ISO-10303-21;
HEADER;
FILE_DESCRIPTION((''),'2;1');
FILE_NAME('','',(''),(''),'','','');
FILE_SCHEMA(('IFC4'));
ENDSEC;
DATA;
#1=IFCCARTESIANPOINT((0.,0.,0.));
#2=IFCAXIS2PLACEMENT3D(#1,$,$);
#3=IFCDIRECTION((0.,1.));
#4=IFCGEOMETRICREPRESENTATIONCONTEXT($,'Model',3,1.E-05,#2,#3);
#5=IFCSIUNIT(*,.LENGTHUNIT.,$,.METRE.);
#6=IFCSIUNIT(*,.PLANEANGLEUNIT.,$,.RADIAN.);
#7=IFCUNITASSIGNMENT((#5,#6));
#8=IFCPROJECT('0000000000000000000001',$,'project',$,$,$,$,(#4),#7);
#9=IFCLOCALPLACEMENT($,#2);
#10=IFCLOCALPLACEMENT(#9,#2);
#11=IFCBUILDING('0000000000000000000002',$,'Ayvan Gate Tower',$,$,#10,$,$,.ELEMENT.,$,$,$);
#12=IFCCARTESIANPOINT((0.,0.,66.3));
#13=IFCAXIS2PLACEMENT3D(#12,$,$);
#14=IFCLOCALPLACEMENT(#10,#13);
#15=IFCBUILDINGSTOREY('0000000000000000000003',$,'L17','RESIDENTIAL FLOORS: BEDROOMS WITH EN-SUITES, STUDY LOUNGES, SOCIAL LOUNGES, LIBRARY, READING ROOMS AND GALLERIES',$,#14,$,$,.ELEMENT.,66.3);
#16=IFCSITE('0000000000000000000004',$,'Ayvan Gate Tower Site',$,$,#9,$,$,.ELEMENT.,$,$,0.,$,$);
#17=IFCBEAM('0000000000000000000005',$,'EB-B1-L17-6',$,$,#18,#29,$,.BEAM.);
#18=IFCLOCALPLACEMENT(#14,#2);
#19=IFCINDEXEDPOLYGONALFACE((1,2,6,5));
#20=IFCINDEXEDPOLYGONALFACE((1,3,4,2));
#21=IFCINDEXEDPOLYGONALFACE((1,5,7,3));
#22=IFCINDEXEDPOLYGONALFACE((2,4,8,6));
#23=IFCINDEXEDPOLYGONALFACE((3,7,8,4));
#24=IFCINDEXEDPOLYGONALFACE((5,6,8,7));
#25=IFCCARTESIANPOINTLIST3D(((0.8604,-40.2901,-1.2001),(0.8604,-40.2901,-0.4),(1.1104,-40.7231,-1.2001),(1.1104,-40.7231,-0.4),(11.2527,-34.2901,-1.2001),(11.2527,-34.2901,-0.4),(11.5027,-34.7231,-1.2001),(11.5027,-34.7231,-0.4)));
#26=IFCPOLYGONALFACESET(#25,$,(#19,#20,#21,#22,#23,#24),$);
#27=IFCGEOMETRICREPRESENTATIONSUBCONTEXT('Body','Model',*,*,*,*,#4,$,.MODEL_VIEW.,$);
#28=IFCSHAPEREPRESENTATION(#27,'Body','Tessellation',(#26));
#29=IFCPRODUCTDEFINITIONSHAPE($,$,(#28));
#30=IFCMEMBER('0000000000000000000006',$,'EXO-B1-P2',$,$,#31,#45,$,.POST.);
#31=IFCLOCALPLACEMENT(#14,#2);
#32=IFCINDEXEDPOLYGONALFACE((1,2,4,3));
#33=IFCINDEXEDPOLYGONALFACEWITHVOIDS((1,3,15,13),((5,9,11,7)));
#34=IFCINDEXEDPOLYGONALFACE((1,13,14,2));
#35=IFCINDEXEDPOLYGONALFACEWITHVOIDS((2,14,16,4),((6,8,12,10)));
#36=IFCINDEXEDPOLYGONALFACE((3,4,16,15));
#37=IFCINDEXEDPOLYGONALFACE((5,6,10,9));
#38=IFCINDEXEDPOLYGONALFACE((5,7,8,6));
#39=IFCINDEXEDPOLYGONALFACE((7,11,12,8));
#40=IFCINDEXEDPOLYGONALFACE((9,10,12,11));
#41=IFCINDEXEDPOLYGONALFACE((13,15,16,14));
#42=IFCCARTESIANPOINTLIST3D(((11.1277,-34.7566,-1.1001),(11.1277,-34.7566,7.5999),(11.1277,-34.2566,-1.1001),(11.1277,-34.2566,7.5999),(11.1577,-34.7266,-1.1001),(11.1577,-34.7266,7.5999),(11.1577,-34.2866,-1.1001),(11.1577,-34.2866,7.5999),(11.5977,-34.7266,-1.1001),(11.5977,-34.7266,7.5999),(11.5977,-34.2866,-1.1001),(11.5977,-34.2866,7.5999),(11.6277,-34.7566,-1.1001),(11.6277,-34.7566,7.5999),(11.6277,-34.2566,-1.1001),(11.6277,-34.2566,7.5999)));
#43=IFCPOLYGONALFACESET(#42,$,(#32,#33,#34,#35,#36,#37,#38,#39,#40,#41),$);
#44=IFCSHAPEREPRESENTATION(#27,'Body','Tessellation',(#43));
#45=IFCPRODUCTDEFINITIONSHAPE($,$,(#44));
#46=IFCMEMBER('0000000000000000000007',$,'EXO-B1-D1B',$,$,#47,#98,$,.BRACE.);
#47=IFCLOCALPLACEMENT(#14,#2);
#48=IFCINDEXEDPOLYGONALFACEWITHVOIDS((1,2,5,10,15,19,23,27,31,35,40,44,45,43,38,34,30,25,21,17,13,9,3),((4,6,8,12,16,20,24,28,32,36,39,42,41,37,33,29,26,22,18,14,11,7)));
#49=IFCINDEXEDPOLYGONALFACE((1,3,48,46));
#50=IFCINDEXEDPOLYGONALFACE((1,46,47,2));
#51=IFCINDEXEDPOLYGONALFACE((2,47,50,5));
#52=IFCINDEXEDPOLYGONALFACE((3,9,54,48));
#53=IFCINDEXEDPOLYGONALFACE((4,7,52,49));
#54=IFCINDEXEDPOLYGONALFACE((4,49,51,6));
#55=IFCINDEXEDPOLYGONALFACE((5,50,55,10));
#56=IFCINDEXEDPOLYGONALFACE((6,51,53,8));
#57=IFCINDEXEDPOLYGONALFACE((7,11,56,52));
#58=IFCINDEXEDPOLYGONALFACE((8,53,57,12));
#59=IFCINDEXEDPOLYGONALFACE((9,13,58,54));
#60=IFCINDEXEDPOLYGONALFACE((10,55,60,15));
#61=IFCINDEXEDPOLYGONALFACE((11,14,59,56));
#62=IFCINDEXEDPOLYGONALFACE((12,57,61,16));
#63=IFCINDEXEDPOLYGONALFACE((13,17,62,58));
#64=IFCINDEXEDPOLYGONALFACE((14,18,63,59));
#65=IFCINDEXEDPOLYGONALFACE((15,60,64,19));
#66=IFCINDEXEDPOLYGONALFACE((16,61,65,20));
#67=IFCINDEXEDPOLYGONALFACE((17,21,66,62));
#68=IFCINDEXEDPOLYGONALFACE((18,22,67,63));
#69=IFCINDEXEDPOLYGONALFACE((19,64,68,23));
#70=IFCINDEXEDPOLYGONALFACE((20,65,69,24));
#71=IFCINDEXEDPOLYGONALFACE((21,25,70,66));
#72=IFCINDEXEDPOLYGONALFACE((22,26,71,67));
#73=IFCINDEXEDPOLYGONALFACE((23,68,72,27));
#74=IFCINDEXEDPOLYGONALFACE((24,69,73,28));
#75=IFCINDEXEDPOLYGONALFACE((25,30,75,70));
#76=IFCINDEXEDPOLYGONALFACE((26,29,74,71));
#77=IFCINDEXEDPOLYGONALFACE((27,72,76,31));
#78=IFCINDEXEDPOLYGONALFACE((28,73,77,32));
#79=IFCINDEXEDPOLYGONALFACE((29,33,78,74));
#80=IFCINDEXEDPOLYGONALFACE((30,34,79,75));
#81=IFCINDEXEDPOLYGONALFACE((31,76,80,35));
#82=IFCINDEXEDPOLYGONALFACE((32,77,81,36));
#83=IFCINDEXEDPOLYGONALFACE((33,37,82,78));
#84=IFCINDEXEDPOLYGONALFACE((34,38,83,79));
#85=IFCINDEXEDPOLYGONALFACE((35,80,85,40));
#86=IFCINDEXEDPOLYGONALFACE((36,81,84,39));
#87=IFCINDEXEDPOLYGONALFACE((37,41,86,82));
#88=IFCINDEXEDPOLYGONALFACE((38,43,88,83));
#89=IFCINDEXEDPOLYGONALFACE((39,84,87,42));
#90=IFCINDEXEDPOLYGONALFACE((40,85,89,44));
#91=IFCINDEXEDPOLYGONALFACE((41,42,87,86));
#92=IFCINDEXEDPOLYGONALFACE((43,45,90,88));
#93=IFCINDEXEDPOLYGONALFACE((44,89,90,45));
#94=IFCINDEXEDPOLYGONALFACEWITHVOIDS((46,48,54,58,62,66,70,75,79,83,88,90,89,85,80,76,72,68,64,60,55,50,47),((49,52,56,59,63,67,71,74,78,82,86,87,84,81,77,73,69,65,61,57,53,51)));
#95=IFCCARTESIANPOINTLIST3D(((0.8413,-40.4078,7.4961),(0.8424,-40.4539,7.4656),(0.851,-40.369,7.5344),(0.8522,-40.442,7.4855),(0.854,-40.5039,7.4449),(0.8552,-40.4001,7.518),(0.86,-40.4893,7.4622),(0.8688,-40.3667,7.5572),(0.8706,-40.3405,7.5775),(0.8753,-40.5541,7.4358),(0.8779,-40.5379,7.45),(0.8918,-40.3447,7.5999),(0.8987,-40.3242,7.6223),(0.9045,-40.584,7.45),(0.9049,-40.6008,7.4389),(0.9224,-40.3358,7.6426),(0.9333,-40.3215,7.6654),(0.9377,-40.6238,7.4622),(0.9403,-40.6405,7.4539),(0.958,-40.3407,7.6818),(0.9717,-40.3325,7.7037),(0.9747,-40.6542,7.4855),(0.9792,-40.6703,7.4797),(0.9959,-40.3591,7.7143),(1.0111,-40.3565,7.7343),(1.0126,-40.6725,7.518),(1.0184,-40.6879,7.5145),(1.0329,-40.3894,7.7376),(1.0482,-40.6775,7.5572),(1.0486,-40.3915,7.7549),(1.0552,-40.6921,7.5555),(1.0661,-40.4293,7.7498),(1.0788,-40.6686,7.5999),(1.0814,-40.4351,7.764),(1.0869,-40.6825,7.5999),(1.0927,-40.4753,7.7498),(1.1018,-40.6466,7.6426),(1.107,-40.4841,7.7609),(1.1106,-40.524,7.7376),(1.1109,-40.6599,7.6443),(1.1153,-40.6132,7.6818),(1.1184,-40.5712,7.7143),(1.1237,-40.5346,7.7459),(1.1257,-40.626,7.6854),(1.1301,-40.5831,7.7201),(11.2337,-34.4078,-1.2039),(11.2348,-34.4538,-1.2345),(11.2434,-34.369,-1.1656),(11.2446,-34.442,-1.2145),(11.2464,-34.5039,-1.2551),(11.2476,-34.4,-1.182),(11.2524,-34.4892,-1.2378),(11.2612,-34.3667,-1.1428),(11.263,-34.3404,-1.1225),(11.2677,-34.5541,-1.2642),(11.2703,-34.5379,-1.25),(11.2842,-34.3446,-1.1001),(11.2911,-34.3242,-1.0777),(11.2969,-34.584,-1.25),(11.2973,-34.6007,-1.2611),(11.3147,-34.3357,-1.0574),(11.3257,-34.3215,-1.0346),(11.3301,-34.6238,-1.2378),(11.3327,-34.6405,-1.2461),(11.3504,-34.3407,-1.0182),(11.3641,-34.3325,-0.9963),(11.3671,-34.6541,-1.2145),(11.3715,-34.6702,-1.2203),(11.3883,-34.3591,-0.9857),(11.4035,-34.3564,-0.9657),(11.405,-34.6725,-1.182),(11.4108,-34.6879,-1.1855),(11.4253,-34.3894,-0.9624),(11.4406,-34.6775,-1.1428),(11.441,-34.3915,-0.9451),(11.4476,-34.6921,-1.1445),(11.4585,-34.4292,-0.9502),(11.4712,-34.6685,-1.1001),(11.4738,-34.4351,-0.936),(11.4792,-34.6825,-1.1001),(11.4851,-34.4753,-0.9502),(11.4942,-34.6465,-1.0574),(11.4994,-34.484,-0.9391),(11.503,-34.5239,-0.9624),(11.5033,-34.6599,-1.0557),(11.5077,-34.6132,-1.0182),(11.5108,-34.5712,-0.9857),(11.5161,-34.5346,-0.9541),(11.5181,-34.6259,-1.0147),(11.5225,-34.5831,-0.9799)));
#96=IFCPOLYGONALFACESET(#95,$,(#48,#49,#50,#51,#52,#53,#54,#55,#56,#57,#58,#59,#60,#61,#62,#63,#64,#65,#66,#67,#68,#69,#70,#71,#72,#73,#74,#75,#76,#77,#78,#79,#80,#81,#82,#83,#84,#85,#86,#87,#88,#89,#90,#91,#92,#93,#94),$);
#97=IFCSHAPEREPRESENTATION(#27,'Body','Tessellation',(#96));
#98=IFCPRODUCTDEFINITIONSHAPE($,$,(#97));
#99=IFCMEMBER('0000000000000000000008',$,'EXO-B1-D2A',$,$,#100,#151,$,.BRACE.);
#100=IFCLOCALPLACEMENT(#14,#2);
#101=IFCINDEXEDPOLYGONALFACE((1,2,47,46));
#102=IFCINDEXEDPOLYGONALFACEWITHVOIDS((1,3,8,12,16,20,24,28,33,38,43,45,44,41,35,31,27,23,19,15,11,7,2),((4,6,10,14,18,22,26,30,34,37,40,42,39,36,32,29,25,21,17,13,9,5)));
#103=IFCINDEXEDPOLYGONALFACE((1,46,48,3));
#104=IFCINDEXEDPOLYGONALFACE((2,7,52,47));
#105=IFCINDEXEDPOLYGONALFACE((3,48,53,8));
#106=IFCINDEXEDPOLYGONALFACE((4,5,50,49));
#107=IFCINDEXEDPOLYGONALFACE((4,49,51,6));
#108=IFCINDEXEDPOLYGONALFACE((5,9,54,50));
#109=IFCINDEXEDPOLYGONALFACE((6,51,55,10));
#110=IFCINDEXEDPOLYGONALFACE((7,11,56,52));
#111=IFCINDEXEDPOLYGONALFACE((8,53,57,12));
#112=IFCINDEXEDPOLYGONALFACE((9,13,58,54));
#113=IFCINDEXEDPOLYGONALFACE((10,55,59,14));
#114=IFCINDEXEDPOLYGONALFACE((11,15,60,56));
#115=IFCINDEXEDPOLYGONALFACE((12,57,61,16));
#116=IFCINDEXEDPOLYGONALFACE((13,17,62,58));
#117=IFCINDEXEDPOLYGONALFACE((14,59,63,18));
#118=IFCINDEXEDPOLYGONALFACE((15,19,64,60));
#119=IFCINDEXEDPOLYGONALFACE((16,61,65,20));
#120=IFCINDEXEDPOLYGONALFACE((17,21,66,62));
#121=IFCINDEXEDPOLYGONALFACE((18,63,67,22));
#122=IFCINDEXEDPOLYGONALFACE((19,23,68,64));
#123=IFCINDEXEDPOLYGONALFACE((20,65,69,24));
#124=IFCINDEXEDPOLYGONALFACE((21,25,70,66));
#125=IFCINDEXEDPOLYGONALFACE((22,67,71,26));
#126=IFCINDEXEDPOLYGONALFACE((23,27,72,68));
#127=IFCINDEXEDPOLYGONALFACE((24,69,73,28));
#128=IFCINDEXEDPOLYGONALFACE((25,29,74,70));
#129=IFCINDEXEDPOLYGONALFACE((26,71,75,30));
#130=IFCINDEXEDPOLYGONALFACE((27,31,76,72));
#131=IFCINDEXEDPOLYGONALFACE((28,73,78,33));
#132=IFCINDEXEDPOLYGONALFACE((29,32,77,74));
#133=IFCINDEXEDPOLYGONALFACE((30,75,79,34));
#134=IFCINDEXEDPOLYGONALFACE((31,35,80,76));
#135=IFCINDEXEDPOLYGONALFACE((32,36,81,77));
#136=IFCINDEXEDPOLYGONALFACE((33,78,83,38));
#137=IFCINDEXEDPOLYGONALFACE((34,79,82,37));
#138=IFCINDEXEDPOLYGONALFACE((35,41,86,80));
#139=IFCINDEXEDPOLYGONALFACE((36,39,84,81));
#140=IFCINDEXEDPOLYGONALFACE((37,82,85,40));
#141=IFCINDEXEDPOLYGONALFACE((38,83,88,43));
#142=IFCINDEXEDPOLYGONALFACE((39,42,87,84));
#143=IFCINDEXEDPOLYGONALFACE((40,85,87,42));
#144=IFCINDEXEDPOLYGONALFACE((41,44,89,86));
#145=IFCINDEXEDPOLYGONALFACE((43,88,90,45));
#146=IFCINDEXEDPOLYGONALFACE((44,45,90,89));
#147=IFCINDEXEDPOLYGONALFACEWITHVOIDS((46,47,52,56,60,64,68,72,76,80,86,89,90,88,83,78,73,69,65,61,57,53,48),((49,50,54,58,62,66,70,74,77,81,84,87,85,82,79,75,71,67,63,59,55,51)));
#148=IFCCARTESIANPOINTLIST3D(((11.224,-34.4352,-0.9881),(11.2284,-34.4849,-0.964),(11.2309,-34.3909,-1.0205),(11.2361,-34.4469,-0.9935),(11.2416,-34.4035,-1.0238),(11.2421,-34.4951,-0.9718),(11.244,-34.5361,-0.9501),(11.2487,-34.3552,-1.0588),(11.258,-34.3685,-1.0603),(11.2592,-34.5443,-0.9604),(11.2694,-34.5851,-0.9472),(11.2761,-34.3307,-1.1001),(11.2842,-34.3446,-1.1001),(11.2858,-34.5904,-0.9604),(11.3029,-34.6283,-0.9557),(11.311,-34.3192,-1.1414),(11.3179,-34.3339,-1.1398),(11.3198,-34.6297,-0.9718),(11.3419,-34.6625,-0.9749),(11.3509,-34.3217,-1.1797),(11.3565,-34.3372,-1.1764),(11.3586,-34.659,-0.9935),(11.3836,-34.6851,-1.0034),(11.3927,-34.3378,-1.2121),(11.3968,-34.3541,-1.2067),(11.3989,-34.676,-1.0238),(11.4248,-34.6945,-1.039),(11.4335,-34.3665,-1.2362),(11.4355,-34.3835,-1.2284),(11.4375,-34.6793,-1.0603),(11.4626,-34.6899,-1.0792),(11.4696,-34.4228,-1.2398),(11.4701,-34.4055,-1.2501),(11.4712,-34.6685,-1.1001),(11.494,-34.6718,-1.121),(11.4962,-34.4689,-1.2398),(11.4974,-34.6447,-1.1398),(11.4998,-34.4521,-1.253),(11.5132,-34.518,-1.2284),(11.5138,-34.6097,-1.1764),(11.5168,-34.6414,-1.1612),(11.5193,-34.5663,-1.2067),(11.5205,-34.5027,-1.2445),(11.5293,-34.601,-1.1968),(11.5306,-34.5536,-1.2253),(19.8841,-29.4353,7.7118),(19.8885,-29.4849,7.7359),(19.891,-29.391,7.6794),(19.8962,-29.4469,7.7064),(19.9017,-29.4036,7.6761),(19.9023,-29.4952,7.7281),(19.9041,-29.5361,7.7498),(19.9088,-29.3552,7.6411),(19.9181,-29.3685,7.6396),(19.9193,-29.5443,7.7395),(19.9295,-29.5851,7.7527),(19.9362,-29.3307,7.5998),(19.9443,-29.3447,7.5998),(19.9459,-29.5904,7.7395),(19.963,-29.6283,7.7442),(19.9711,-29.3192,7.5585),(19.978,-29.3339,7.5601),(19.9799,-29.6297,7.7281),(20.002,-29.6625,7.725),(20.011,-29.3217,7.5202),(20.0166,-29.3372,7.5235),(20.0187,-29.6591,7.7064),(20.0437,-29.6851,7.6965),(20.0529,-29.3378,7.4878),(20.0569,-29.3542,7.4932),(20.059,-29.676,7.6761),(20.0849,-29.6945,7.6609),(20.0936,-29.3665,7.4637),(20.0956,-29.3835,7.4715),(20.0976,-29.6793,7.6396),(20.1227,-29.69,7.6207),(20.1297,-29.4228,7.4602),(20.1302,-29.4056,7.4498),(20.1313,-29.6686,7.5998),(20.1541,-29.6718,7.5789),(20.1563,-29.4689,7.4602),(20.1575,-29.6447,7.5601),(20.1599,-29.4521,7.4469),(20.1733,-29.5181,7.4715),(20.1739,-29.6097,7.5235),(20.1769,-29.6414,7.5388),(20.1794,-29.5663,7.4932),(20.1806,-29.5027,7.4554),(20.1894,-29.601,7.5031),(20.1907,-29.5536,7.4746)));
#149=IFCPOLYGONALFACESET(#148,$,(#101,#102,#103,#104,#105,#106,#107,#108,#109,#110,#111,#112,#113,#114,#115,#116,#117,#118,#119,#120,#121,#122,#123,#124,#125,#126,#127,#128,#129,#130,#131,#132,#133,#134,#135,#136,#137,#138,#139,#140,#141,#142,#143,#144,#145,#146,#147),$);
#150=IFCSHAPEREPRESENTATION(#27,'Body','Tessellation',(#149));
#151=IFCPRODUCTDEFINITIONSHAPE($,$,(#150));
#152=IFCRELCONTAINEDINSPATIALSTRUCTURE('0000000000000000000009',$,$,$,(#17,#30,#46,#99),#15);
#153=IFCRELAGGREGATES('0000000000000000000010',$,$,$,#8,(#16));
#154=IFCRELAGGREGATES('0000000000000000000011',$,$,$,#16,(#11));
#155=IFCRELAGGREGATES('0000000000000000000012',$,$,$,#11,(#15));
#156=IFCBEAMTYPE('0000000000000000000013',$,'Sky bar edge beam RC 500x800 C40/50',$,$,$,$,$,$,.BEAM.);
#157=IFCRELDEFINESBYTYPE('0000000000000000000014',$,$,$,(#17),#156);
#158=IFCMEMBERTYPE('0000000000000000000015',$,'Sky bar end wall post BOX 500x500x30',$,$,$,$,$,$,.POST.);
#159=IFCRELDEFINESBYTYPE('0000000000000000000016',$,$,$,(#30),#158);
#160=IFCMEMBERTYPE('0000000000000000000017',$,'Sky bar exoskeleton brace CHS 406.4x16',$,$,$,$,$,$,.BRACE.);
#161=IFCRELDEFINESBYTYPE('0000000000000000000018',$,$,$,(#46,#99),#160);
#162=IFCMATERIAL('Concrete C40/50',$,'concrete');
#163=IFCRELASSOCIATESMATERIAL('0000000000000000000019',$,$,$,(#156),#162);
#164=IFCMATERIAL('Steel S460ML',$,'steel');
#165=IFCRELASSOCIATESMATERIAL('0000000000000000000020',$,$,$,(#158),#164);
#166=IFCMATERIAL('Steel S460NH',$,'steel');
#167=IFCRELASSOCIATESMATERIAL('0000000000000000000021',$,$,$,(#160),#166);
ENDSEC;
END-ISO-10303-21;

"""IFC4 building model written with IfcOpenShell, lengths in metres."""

from ifc_helpers import new_model, si_unit, direction, frame, origin, origin_2d, place, context, subcontext, project, spatial, rectangle, hollow_rectangle, hollow_circle, extrude, material, material_profile, profile_set, type_object, element, save


model = new_model("IFC4")

# Units and contexts
model_context = context("Model", 3, precision=1e-05, world=origin(), true_north=direction((0.0, 1.0)))
body_context = subcontext(model_context, "Body", "Model", "MODEL_VIEW")
ifc_project = project(units=[si_unit("LENGTHUNIT", "METRE"), si_unit("PLANEANGLEUNIT", "RADIAN")], contexts=[model_context])

# Site, building, storey
site_placement = place(None, origin())
site = spatial("IfcSite", under=ifc_project, at=site_placement, Name="Ayvan Gate Tower Site", CompositionType="ELEMENT", RefElevation=0.0)
building_placement = place(site_placement, origin())
building = spatial("IfcBuilding", under=site, at=building_placement, Name="Ayvan Gate Tower", CompositionType="ELEMENT")
storey_placement = place(building_placement, frame((0.0, 0.0, 66.3)))
storey = spatial("IfcBuildingStorey", under=building, at=storey_placement, Name="L17", Description="RESIDENTIAL FLOORS: BEDROOMS WITH EN-SUITES, STUDY LOUNGES, SOCIAL LOUNGES, LIBRARY, READING ROOMS AND GALLERIES", CompositionType="ELEMENT", Elevation=66.3)

# Beam
ifc_material_1 = material(Name="Concrete C40/50", Category="concrete")
ifc_material_profile_1 = material_profile(ifc_material_1, rectangle(XDim=0.5, YDim=0.8, at=origin_2d()), Name="RC 500x800")
ifc_profile_set_1 = profile_set([ifc_material_profile_1], Name="Concrete C40/50")
beam_type = type_object("IfcBeamType", Name="Sky bar edge beam RC 500x800 C40/50", PredefinedType="BEAM", material=ifc_profile_set_1)
beam_placement = place(storey_placement, frame((11.3777, -34.5066, -0.8), z_axis=(-0.866026, -0.499999, 0.0), x_axis=(0.499999, -0.866026, 0.0)))
element("IfcBeam", 1, at=beam_placement, inside=storey, type_object=beam_type, Name="EB-B1-L17-6", PredefinedType="BEAM", context=body_context, shape_type="SweptSolid", body=[
    extrude(rectangle(XDim=0.5, YDim=0.8, at=origin_2d()), origin(), (0.0, 0.0, 1.0), 12.0),
])

# Members
ifc_material_2 = material(Name="Steel S460ML", Category="steel")
ifc_material_profile_2 = material_profile(ifc_material_2, hollow_rectangle(XDim=0.5, YDim=0.5, WallThickness=0.03, at=origin_2d()), Name="BOX 500x500x30")
ifc_profile_set_2 = profile_set([ifc_material_profile_2], Name="Steel S460ML")
member_type_1 = type_object("IfcMemberType", Name="Sky bar end wall post BOX 500x500x30", PredefinedType="POST", material=ifc_profile_set_2)
member_1_placement = place(storey_placement, frame((11.3777, -34.5066, -1.1001), z_axis=(0.0, 0.0, 1.0), x_axis=(1.0, 0.0, 0.0)))
element("IfcMember", 2, at=member_1_placement, inside=storey, type_object=member_type_1, Name="EXO-B1-P2", PredefinedType="POST", context=body_context, shape_type="SweptSolid", body=[
    extrude(hollow_rectangle(XDim=0.5, YDim=0.5, WallThickness=0.03, at=origin_2d()), origin(), (0.0, 0.0, 1.0), 8.7),
])
ifc_material_3 = material(Name="Steel S460NH", Category="steel")
ifc_material_profile_3 = material_profile(ifc_material_3, hollow_circle(Radius=0.2031, WallThickness=0.0161, at=origin_2d()), Name="CHS 406.4x16")
ifc_profile_set_3 = profile_set([ifc_material_profile_3], Name="Steel S460NH")
member_type_2 = type_object("IfcMemberType", Name="Sky bar exoskeleton brace CHS 406.4x16", PredefinedType="BRACE", material=ifc_profile_set_3)
member_2_placement = place(storey_placement, frame((11.3777, -34.5066, -1.1001), z_axis=(-0.701146, -0.404805, 0.586965), x_axis=(0.499999, -0.866026, 0.0)))
element("IfcMember", 3, at=member_2_placement, inside=storey, type_object=member_type_2, Name="EXO-B1-D1B", PredefinedType="BRACE", context=body_context, shape_type="SweptSolid", body=[
    extrude(hollow_circle(Radius=0.2031, WallThickness=0.0161, at=origin_2d()), origin(), (0.0, 0.0, 1.0), 14.822),
])
member_3_placement = place(storey_placement, frame((11.3777, -34.5066, -1.1001), z_axis=(0.653364, 0.377224, 0.656367), x_axis=(-0.500004, 0.866023, 0.0)))
element("IfcMember", 4, at=member_3_placement, inside=storey, type_object=member_type_2, Name="EXO-B1-D2A", PredefinedType="BRACE", context=body_context, shape_type="SweptSolid", body=[
    extrude(hollow_circle(Radius=0.2031, WallThickness=0.0161, at=origin_2d()), origin(), (0.0, 0.0, 1.0), 13.2546),
])

save(model, "model.ifc")
